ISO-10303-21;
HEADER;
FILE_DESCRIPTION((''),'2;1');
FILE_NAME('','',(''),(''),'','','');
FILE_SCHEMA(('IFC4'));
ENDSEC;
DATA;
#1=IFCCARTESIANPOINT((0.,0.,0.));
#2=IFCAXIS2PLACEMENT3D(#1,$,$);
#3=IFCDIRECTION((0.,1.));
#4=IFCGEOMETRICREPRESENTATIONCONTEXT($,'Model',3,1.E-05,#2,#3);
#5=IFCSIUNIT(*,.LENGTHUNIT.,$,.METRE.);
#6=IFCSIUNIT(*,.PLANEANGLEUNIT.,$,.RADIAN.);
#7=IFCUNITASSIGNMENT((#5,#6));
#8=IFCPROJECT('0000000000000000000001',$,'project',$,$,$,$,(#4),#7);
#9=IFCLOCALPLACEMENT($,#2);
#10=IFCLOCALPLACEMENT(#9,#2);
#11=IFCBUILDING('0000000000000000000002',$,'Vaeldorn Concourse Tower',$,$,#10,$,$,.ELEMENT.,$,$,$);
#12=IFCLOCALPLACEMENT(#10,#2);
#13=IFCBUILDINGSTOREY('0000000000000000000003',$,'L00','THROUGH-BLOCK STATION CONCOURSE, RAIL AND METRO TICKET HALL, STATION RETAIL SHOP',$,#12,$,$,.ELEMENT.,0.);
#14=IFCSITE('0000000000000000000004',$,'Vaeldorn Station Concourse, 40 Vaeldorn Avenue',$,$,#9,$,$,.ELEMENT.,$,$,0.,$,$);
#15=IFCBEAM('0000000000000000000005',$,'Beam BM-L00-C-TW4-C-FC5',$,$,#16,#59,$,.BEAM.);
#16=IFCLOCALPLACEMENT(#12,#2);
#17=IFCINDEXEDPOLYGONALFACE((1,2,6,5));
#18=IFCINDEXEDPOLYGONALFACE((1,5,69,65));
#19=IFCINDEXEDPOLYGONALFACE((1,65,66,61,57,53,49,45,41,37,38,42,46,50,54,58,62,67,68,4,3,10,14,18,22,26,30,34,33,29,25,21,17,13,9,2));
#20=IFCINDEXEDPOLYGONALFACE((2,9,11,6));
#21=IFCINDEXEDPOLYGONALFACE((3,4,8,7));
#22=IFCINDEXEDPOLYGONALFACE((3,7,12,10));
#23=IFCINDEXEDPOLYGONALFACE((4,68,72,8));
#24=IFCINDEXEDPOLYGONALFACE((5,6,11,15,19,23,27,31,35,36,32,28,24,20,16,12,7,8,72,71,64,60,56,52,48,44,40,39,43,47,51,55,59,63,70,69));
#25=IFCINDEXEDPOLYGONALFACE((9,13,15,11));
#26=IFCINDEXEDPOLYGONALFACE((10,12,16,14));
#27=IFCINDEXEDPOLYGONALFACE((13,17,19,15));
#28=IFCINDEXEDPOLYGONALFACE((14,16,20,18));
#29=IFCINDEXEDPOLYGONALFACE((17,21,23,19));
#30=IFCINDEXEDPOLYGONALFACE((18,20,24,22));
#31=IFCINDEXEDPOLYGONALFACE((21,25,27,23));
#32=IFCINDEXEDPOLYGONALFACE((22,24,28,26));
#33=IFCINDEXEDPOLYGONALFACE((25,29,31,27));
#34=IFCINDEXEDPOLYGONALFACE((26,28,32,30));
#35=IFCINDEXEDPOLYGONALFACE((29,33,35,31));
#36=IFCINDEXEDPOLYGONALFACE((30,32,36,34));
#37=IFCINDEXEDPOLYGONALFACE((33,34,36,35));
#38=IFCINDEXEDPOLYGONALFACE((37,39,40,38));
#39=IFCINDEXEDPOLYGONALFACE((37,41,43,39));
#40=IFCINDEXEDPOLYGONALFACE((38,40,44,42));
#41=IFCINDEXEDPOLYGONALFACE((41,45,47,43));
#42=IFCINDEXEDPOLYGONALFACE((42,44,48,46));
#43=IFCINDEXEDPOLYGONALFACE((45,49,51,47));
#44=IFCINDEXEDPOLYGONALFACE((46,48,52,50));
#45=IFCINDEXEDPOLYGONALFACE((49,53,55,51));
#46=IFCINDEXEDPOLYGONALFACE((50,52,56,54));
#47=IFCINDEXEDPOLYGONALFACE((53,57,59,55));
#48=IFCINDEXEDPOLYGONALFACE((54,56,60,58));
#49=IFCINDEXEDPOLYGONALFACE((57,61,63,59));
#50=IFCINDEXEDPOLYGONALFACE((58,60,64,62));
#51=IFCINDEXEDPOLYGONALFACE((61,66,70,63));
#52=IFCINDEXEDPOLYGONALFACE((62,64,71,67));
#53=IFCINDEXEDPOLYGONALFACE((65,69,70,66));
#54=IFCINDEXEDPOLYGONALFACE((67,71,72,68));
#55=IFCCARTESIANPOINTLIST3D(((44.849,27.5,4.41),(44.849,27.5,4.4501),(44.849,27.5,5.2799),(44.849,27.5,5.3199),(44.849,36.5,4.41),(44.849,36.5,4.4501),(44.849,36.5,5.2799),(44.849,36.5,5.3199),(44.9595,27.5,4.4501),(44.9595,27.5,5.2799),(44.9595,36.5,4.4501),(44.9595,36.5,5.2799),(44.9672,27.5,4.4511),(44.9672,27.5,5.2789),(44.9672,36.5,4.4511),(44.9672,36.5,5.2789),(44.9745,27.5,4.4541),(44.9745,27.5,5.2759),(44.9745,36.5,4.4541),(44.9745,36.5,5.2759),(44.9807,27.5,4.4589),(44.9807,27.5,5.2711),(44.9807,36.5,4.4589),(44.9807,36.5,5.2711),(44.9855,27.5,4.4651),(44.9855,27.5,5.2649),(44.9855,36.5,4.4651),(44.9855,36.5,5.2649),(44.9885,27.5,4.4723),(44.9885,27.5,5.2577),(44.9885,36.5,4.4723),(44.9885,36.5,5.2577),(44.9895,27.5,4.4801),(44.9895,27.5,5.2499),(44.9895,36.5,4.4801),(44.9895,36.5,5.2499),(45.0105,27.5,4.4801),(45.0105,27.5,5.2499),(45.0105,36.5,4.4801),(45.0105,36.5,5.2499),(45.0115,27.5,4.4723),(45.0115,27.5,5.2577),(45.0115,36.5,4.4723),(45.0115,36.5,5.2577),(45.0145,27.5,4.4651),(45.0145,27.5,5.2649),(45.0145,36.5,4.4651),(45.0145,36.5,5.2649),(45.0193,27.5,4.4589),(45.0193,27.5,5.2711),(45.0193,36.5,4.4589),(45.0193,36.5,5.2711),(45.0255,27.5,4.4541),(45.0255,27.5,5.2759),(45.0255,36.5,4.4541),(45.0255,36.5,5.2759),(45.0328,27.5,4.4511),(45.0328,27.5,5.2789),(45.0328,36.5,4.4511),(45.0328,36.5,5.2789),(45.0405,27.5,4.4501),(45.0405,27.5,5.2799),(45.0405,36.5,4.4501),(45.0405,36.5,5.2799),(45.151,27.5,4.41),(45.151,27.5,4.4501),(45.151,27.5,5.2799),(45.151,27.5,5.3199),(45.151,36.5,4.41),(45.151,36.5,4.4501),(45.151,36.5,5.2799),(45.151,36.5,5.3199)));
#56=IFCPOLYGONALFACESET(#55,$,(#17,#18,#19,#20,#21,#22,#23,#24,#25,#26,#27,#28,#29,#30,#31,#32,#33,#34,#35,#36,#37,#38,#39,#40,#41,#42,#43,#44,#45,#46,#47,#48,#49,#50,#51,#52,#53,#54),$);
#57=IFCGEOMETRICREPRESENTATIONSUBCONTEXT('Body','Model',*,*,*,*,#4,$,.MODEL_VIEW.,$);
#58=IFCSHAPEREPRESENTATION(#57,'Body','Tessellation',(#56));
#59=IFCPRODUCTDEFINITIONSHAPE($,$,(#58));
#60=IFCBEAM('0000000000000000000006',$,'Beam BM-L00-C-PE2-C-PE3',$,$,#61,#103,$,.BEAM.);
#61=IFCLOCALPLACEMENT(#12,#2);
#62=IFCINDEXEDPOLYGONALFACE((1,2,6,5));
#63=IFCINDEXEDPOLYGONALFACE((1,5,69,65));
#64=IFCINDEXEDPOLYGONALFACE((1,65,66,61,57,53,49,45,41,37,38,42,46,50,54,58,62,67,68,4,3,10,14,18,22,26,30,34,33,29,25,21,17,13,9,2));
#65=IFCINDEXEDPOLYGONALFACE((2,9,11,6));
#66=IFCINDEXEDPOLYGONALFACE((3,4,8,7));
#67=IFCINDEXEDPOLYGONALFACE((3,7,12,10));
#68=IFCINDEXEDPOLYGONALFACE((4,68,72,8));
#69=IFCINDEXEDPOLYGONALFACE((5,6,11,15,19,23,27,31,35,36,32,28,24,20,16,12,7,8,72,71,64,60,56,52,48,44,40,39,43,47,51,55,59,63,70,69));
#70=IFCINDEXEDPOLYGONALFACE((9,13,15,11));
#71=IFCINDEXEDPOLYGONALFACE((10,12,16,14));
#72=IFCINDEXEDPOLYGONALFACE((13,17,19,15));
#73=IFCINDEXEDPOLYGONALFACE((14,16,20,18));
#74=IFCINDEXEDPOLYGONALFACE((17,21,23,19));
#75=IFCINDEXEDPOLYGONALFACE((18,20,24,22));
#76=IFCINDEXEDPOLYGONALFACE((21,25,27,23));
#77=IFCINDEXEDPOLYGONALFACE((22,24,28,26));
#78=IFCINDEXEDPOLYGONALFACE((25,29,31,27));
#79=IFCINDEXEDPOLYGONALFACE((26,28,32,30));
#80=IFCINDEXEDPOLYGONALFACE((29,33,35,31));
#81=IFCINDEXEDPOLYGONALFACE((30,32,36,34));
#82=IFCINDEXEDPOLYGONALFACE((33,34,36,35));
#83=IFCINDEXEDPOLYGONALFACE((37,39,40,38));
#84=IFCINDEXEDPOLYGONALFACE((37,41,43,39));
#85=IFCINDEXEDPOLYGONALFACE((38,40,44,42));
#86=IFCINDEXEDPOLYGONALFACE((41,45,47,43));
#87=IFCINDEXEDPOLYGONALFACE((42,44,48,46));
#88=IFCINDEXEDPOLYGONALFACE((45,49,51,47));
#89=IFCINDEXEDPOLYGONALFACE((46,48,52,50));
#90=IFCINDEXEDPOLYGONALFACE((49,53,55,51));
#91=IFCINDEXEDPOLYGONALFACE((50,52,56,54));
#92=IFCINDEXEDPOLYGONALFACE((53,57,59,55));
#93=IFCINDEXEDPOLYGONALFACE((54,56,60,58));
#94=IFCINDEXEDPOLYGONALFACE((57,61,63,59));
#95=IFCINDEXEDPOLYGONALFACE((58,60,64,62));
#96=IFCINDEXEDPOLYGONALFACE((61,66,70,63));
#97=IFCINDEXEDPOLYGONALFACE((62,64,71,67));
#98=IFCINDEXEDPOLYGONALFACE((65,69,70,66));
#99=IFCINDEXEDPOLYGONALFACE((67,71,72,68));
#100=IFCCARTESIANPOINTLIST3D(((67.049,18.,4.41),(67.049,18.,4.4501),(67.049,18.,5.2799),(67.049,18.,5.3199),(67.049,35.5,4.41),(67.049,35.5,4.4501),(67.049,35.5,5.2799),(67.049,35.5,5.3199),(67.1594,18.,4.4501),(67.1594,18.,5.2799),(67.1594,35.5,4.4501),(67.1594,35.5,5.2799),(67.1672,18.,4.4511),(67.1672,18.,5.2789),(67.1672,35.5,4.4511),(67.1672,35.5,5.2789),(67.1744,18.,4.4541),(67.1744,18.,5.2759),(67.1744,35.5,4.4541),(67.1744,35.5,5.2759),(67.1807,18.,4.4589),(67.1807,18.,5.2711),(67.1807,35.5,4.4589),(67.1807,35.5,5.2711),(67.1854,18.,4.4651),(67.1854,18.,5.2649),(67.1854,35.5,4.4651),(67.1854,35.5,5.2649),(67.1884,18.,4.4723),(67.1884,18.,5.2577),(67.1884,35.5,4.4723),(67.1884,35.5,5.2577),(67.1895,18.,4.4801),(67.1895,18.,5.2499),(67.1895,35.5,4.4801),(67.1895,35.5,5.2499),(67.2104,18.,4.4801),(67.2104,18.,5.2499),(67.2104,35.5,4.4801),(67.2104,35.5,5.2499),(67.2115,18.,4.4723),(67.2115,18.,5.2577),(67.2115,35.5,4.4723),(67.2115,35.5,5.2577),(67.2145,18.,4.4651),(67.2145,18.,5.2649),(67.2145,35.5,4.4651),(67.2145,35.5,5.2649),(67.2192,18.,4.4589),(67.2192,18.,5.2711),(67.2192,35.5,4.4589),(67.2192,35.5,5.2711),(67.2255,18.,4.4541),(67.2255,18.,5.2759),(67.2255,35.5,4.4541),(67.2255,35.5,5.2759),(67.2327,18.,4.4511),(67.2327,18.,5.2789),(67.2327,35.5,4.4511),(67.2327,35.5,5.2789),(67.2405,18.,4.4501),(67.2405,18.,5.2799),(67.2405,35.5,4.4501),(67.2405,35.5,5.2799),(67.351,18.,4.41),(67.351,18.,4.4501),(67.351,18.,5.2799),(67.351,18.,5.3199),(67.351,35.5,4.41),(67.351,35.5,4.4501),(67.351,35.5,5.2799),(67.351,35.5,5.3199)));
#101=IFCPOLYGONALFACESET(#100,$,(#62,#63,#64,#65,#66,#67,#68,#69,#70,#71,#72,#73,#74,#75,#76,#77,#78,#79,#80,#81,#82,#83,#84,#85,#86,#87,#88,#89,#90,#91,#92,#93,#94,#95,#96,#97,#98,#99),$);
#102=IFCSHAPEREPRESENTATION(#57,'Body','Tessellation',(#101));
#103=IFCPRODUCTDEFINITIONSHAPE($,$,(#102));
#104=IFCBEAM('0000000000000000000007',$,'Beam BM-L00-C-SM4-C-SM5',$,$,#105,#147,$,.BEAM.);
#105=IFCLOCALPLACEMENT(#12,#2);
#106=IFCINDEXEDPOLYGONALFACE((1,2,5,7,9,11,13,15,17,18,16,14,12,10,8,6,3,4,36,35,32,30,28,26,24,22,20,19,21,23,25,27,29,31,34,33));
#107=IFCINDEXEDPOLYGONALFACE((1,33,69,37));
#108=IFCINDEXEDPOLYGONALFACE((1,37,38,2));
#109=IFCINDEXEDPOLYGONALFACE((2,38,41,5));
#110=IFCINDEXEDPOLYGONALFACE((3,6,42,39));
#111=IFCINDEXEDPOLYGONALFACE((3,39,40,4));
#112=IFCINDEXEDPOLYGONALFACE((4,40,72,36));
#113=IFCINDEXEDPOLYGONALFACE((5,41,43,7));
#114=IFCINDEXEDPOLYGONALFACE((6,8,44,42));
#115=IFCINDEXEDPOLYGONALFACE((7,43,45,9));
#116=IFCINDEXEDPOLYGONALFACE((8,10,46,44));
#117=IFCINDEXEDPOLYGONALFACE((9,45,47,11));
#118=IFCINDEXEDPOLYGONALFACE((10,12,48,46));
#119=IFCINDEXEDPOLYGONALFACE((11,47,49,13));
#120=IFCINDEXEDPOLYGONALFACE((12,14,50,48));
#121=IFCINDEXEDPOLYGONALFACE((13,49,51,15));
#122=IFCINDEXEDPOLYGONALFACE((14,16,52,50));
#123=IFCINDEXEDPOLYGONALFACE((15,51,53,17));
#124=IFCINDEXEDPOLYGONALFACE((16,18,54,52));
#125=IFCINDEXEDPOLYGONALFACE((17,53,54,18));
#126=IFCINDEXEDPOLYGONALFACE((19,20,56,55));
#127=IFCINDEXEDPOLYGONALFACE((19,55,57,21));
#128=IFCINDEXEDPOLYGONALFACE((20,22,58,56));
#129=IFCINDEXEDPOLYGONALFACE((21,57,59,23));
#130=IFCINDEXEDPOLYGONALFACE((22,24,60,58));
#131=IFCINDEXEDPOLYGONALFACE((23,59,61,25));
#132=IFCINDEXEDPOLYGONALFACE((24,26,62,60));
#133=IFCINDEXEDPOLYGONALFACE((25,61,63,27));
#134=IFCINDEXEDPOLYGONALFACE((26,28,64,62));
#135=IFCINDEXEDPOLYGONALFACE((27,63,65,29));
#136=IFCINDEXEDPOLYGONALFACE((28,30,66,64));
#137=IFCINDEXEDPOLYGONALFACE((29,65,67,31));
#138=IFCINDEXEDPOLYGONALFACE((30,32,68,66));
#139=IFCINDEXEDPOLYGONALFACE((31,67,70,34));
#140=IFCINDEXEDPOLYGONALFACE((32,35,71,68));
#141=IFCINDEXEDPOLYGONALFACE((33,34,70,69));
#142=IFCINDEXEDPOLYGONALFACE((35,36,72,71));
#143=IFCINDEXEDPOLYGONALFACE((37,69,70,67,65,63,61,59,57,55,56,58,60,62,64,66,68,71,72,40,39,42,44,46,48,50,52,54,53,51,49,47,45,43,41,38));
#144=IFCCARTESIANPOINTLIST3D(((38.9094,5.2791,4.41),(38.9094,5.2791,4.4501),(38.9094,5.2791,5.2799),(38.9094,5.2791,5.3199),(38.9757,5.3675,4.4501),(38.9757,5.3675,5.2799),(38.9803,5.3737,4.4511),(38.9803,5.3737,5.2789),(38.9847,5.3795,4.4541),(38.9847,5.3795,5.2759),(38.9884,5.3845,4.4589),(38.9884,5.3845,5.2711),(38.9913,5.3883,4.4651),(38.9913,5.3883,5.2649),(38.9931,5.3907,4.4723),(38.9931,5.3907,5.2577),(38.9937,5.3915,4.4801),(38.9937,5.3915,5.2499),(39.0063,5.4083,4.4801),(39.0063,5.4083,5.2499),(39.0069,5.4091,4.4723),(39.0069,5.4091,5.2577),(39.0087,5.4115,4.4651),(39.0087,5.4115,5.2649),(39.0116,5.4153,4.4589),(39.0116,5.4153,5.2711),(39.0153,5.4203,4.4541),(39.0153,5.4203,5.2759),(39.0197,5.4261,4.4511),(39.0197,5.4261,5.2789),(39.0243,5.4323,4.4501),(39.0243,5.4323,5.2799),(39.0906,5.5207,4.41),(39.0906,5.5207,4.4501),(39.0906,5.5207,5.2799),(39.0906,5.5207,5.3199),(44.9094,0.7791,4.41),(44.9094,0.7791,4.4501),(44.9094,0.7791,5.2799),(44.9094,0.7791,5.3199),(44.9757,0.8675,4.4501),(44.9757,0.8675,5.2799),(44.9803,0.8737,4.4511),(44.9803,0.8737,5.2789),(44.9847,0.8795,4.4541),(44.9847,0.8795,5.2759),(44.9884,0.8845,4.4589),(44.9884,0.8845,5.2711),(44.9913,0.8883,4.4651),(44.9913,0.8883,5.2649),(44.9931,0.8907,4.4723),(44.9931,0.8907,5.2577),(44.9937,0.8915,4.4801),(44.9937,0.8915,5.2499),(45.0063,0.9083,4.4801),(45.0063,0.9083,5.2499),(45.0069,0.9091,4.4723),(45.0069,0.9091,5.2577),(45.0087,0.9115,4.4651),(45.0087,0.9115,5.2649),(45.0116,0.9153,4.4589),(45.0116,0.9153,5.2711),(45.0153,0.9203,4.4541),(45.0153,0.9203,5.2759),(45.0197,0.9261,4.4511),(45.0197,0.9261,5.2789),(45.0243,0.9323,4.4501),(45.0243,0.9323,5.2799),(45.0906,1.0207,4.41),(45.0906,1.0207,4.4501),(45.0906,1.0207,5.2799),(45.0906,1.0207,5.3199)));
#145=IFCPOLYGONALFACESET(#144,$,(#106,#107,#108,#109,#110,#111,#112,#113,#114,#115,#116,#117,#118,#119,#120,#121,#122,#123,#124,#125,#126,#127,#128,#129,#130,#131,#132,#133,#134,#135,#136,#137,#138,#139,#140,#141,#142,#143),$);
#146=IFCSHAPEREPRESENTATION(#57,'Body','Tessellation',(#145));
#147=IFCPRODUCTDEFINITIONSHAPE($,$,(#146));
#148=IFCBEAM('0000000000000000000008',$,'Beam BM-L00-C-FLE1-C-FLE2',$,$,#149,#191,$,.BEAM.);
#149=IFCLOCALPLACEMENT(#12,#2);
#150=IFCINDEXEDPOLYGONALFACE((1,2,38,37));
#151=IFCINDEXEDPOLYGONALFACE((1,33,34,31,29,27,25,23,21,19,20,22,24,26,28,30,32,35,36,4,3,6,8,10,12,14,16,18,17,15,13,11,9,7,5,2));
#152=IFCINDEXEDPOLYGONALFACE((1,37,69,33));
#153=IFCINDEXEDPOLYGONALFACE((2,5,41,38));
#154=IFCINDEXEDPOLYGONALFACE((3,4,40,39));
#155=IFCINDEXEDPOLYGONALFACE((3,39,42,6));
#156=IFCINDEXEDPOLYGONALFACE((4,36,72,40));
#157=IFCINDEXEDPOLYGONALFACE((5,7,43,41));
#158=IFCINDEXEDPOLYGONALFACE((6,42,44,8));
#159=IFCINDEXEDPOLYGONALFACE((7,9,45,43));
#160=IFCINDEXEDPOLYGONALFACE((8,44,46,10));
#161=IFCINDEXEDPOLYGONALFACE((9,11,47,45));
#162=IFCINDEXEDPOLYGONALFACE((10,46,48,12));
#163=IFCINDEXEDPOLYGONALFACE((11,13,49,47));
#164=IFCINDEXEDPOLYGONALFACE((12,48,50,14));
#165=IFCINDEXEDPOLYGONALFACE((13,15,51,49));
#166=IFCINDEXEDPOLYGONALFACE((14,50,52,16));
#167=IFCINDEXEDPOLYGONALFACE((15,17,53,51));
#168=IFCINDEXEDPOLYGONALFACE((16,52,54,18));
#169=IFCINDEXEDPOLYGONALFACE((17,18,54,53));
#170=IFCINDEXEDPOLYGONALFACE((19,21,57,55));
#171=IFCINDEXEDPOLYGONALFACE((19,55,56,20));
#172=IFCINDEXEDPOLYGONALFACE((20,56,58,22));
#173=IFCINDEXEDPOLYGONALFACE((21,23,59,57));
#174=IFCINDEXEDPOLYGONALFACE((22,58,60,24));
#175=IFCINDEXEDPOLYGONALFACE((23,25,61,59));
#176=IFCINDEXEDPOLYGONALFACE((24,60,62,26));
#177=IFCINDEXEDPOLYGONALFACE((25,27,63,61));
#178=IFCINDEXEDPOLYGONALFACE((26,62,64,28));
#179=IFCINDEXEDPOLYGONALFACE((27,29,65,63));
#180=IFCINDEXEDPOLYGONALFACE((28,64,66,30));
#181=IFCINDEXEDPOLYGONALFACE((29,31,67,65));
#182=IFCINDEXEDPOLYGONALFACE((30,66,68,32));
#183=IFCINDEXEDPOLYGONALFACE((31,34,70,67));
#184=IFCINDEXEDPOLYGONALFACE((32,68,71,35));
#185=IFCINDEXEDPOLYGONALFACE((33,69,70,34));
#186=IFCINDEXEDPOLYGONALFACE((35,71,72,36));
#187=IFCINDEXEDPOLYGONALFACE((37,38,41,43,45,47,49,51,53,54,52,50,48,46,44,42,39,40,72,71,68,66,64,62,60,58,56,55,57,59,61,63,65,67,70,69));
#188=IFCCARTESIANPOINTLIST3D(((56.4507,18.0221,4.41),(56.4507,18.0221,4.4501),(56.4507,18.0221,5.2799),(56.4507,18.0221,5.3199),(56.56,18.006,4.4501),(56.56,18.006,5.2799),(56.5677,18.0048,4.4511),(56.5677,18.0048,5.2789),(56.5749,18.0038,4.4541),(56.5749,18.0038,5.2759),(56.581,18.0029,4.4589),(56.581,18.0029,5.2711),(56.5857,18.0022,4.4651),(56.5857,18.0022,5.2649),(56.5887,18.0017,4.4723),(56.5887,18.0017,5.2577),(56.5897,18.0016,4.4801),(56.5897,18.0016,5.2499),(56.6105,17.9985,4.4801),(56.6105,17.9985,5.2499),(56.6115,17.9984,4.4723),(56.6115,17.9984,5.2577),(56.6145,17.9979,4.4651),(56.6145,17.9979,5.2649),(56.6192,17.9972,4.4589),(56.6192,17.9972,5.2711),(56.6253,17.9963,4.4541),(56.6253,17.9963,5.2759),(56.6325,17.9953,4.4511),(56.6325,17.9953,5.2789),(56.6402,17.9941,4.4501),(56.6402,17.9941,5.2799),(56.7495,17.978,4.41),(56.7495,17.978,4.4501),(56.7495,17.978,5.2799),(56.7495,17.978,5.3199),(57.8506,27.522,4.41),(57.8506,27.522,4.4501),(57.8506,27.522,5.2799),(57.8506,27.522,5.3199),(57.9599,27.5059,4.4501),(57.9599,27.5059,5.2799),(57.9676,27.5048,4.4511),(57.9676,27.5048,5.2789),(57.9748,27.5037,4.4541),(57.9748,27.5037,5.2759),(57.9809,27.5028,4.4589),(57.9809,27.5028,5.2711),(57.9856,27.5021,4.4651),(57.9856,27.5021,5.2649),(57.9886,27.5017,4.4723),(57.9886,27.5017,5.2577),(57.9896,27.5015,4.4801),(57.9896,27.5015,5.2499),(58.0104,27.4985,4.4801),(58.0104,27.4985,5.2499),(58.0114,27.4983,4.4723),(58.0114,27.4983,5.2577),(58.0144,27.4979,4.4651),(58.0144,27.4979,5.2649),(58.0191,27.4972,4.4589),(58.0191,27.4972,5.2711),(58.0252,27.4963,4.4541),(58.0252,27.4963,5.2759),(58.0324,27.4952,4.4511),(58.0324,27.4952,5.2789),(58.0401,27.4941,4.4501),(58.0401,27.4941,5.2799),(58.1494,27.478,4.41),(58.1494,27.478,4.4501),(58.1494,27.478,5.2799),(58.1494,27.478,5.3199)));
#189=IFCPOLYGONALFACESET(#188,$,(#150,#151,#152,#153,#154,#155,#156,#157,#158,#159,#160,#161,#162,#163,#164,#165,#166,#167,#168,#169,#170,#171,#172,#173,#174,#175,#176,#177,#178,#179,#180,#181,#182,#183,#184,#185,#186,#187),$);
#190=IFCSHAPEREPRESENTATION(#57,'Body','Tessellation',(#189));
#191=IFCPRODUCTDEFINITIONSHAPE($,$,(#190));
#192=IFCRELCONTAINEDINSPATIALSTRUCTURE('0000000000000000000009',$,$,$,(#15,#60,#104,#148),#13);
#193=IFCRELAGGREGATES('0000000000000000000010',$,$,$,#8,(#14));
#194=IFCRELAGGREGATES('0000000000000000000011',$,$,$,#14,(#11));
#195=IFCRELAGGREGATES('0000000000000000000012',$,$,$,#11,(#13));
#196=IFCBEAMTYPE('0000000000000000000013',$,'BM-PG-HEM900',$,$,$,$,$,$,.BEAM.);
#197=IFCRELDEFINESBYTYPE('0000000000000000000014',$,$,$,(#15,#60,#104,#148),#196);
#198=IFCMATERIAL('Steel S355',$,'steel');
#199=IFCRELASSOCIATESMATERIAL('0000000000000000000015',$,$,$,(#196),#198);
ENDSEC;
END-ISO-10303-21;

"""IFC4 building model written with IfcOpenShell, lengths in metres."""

from ifc_helpers import new_model, si_unit, direction, frame, origin, origin_2d, place, context, subcontext, project, spatial, i_section, extrude, source, transform, mapped, material, material_profile, profile_set, type_object, element, save


model = new_model("IFC4")

# Units and contexts
model_context = context("Model", 3, precision=1e-05, world=origin(), true_north=direction((0.0, 1.0)))
body_context = subcontext(model_context, "Body", "Model", "MODEL_VIEW")
ifc_project = project(units=[si_unit("LENGTHUNIT", "METRE"), si_unit("PLANEANGLEUNIT", "RADIAN")], contexts=[model_context])

# Site, building, storey
site_placement = place(None, origin())
site = spatial("IfcSite", under=ifc_project, at=site_placement, Name="Vaeldorn Station Concourse, 40 Vaeldorn Avenue", CompositionType="ELEMENT", RefElevation=0.0)
building_placement = place(site_placement, origin())
building = spatial("IfcBuilding", under=site, at=building_placement, Name="Vaeldorn Concourse Tower", CompositionType="ELEMENT")
storey_placement = place(building_placement, origin())
storey = spatial("IfcBuildingStorey", under=building, at=storey_placement, Name="L00", Description="THROUGH-BLOCK STATION CONCOURSE, RAIL AND METRO TICKET HALL, STATION RETAIL SHOP", CompositionType="ELEMENT", Elevation=0.0)

# Beams
ifc_material_1 = material(Name="Steel S355", Category="steel")
ifc_material_profile_1 = material_profile(ifc_material_1, i_section(OverallWidth=0.302, OverallDepth=0.9099, WebThickness=0.021, FlangeThickness=0.04, FilletRadius=0.03, at=origin_2d()), Name="HEM 900")
ifc_profile_set_1 = profile_set([ifc_material_profile_1], Name="Steel S355")
beam_type = type_object("IfcBeamType", Name="BM-PG-HEM900", PredefinedType="BEAM", material=ifc_profile_set_1)
shared_shape_1 = source(origin(), body_context, "Body", "SweptSolid", [
    extrude(i_section(OverallWidth=0.302, OverallDepth=0.9099, WebThickness=0.021, FlangeThickness=0.04, FilletRadius=0.03, at=origin_2d()), origin(), (0.0, 0.0, 1.0), 9.0),
])
beam_1_placement = place(storey_placement, frame((45.0, 27.5, 4.865), z_axis=(0.0, 1.0, 0.0), x_axis=(-1.0, 0.0, 0.0)))
element("IfcBeam", 1, at=beam_1_placement, inside=storey, type_object=beam_type, Name="Beam BM-L00-C-TW4-C-FC5", PredefinedType="BEAM", context=body_context, shape_type="MappedRepresentation", body=[
    mapped(shared_shape_1, transform((0.0, 0.0, 0.0), scale=1.0)),
])
shared_shape_2 = source(origin(), body_context, "Body", "SweptSolid", [
    extrude(i_section(OverallWidth=0.302, OverallDepth=0.9099, WebThickness=0.021, FlangeThickness=0.04, FilletRadius=0.03, at=origin_2d()), origin(), (0.0, 0.0, 1.0), 17.5),
])
beam_2_placement = place(storey_placement, frame((67.2, 18.0, 4.865), z_axis=(0.0, 1.0, 0.0), x_axis=(-1.0, 0.0, 0.0)))
element("IfcBeam", 2, at=beam_2_placement, inside=storey, type_object=beam_type, Name="Beam BM-L00-C-PE2-C-PE3", PredefinedType="BEAM", context=body_context, shape_type="MappedRepresentation", body=[
    mapped(shared_shape_2, transform((0.0, 0.0, 0.0), scale=1.0)),
])
shared_shape_3 = source(origin(), body_context, "Body", "SweptSolid", [
    extrude(i_section(OverallWidth=0.302, OverallDepth=0.9099, WebThickness=0.021, FlangeThickness=0.04, FilletRadius=0.03, at=origin_2d()), origin(), (0.0, 0.0, 1.0), 7.5),
])
beam_3_placement = place(storey_placement, frame((39.0, 5.3999, 4.865), z_axis=(0.8, -0.6, 0.0), x_axis=(0.6, 0.8, 0.0)))
element("IfcBeam", 3, at=beam_3_placement, inside=storey, type_object=beam_type, Name="Beam BM-L00-C-SM4-C-SM5", PredefinedType="BEAM", context=body_context, shape_type="MappedRepresentation", body=[
    mapped(shared_shape_3, transform((0.0, 0.0, 0.0), scale=1.0)),
])
shared_shape_4 = source(origin(), body_context, "Body", "SweptSolid", [
    extrude(i_section(OverallWidth=0.302, OverallDepth=0.9099, WebThickness=0.021, FlangeThickness=0.04, FilletRadius=0.03, at=origin_2d()), origin(), (0.0, 0.0, 1.0), 9.6025),
])
beam_4_placement = place(storey_placement, frame((58.0, 27.5, 4.865), z_axis=(-0.145784, -0.989316, 0.0), x_axis=(0.989316, -0.145784, 0.0)))
element("IfcBeam", 4, at=beam_4_placement, inside=storey, type_object=beam_type, Name="Beam BM-L00-C-FLE1-C-FLE2", PredefinedType="BEAM", context=body_context, shape_type="MappedRepresentation", body=[
    mapped(shared_shape_4, transform((0.0, 0.0, 0.0), scale=1.0)),
])

save(model, "model.ifc")
